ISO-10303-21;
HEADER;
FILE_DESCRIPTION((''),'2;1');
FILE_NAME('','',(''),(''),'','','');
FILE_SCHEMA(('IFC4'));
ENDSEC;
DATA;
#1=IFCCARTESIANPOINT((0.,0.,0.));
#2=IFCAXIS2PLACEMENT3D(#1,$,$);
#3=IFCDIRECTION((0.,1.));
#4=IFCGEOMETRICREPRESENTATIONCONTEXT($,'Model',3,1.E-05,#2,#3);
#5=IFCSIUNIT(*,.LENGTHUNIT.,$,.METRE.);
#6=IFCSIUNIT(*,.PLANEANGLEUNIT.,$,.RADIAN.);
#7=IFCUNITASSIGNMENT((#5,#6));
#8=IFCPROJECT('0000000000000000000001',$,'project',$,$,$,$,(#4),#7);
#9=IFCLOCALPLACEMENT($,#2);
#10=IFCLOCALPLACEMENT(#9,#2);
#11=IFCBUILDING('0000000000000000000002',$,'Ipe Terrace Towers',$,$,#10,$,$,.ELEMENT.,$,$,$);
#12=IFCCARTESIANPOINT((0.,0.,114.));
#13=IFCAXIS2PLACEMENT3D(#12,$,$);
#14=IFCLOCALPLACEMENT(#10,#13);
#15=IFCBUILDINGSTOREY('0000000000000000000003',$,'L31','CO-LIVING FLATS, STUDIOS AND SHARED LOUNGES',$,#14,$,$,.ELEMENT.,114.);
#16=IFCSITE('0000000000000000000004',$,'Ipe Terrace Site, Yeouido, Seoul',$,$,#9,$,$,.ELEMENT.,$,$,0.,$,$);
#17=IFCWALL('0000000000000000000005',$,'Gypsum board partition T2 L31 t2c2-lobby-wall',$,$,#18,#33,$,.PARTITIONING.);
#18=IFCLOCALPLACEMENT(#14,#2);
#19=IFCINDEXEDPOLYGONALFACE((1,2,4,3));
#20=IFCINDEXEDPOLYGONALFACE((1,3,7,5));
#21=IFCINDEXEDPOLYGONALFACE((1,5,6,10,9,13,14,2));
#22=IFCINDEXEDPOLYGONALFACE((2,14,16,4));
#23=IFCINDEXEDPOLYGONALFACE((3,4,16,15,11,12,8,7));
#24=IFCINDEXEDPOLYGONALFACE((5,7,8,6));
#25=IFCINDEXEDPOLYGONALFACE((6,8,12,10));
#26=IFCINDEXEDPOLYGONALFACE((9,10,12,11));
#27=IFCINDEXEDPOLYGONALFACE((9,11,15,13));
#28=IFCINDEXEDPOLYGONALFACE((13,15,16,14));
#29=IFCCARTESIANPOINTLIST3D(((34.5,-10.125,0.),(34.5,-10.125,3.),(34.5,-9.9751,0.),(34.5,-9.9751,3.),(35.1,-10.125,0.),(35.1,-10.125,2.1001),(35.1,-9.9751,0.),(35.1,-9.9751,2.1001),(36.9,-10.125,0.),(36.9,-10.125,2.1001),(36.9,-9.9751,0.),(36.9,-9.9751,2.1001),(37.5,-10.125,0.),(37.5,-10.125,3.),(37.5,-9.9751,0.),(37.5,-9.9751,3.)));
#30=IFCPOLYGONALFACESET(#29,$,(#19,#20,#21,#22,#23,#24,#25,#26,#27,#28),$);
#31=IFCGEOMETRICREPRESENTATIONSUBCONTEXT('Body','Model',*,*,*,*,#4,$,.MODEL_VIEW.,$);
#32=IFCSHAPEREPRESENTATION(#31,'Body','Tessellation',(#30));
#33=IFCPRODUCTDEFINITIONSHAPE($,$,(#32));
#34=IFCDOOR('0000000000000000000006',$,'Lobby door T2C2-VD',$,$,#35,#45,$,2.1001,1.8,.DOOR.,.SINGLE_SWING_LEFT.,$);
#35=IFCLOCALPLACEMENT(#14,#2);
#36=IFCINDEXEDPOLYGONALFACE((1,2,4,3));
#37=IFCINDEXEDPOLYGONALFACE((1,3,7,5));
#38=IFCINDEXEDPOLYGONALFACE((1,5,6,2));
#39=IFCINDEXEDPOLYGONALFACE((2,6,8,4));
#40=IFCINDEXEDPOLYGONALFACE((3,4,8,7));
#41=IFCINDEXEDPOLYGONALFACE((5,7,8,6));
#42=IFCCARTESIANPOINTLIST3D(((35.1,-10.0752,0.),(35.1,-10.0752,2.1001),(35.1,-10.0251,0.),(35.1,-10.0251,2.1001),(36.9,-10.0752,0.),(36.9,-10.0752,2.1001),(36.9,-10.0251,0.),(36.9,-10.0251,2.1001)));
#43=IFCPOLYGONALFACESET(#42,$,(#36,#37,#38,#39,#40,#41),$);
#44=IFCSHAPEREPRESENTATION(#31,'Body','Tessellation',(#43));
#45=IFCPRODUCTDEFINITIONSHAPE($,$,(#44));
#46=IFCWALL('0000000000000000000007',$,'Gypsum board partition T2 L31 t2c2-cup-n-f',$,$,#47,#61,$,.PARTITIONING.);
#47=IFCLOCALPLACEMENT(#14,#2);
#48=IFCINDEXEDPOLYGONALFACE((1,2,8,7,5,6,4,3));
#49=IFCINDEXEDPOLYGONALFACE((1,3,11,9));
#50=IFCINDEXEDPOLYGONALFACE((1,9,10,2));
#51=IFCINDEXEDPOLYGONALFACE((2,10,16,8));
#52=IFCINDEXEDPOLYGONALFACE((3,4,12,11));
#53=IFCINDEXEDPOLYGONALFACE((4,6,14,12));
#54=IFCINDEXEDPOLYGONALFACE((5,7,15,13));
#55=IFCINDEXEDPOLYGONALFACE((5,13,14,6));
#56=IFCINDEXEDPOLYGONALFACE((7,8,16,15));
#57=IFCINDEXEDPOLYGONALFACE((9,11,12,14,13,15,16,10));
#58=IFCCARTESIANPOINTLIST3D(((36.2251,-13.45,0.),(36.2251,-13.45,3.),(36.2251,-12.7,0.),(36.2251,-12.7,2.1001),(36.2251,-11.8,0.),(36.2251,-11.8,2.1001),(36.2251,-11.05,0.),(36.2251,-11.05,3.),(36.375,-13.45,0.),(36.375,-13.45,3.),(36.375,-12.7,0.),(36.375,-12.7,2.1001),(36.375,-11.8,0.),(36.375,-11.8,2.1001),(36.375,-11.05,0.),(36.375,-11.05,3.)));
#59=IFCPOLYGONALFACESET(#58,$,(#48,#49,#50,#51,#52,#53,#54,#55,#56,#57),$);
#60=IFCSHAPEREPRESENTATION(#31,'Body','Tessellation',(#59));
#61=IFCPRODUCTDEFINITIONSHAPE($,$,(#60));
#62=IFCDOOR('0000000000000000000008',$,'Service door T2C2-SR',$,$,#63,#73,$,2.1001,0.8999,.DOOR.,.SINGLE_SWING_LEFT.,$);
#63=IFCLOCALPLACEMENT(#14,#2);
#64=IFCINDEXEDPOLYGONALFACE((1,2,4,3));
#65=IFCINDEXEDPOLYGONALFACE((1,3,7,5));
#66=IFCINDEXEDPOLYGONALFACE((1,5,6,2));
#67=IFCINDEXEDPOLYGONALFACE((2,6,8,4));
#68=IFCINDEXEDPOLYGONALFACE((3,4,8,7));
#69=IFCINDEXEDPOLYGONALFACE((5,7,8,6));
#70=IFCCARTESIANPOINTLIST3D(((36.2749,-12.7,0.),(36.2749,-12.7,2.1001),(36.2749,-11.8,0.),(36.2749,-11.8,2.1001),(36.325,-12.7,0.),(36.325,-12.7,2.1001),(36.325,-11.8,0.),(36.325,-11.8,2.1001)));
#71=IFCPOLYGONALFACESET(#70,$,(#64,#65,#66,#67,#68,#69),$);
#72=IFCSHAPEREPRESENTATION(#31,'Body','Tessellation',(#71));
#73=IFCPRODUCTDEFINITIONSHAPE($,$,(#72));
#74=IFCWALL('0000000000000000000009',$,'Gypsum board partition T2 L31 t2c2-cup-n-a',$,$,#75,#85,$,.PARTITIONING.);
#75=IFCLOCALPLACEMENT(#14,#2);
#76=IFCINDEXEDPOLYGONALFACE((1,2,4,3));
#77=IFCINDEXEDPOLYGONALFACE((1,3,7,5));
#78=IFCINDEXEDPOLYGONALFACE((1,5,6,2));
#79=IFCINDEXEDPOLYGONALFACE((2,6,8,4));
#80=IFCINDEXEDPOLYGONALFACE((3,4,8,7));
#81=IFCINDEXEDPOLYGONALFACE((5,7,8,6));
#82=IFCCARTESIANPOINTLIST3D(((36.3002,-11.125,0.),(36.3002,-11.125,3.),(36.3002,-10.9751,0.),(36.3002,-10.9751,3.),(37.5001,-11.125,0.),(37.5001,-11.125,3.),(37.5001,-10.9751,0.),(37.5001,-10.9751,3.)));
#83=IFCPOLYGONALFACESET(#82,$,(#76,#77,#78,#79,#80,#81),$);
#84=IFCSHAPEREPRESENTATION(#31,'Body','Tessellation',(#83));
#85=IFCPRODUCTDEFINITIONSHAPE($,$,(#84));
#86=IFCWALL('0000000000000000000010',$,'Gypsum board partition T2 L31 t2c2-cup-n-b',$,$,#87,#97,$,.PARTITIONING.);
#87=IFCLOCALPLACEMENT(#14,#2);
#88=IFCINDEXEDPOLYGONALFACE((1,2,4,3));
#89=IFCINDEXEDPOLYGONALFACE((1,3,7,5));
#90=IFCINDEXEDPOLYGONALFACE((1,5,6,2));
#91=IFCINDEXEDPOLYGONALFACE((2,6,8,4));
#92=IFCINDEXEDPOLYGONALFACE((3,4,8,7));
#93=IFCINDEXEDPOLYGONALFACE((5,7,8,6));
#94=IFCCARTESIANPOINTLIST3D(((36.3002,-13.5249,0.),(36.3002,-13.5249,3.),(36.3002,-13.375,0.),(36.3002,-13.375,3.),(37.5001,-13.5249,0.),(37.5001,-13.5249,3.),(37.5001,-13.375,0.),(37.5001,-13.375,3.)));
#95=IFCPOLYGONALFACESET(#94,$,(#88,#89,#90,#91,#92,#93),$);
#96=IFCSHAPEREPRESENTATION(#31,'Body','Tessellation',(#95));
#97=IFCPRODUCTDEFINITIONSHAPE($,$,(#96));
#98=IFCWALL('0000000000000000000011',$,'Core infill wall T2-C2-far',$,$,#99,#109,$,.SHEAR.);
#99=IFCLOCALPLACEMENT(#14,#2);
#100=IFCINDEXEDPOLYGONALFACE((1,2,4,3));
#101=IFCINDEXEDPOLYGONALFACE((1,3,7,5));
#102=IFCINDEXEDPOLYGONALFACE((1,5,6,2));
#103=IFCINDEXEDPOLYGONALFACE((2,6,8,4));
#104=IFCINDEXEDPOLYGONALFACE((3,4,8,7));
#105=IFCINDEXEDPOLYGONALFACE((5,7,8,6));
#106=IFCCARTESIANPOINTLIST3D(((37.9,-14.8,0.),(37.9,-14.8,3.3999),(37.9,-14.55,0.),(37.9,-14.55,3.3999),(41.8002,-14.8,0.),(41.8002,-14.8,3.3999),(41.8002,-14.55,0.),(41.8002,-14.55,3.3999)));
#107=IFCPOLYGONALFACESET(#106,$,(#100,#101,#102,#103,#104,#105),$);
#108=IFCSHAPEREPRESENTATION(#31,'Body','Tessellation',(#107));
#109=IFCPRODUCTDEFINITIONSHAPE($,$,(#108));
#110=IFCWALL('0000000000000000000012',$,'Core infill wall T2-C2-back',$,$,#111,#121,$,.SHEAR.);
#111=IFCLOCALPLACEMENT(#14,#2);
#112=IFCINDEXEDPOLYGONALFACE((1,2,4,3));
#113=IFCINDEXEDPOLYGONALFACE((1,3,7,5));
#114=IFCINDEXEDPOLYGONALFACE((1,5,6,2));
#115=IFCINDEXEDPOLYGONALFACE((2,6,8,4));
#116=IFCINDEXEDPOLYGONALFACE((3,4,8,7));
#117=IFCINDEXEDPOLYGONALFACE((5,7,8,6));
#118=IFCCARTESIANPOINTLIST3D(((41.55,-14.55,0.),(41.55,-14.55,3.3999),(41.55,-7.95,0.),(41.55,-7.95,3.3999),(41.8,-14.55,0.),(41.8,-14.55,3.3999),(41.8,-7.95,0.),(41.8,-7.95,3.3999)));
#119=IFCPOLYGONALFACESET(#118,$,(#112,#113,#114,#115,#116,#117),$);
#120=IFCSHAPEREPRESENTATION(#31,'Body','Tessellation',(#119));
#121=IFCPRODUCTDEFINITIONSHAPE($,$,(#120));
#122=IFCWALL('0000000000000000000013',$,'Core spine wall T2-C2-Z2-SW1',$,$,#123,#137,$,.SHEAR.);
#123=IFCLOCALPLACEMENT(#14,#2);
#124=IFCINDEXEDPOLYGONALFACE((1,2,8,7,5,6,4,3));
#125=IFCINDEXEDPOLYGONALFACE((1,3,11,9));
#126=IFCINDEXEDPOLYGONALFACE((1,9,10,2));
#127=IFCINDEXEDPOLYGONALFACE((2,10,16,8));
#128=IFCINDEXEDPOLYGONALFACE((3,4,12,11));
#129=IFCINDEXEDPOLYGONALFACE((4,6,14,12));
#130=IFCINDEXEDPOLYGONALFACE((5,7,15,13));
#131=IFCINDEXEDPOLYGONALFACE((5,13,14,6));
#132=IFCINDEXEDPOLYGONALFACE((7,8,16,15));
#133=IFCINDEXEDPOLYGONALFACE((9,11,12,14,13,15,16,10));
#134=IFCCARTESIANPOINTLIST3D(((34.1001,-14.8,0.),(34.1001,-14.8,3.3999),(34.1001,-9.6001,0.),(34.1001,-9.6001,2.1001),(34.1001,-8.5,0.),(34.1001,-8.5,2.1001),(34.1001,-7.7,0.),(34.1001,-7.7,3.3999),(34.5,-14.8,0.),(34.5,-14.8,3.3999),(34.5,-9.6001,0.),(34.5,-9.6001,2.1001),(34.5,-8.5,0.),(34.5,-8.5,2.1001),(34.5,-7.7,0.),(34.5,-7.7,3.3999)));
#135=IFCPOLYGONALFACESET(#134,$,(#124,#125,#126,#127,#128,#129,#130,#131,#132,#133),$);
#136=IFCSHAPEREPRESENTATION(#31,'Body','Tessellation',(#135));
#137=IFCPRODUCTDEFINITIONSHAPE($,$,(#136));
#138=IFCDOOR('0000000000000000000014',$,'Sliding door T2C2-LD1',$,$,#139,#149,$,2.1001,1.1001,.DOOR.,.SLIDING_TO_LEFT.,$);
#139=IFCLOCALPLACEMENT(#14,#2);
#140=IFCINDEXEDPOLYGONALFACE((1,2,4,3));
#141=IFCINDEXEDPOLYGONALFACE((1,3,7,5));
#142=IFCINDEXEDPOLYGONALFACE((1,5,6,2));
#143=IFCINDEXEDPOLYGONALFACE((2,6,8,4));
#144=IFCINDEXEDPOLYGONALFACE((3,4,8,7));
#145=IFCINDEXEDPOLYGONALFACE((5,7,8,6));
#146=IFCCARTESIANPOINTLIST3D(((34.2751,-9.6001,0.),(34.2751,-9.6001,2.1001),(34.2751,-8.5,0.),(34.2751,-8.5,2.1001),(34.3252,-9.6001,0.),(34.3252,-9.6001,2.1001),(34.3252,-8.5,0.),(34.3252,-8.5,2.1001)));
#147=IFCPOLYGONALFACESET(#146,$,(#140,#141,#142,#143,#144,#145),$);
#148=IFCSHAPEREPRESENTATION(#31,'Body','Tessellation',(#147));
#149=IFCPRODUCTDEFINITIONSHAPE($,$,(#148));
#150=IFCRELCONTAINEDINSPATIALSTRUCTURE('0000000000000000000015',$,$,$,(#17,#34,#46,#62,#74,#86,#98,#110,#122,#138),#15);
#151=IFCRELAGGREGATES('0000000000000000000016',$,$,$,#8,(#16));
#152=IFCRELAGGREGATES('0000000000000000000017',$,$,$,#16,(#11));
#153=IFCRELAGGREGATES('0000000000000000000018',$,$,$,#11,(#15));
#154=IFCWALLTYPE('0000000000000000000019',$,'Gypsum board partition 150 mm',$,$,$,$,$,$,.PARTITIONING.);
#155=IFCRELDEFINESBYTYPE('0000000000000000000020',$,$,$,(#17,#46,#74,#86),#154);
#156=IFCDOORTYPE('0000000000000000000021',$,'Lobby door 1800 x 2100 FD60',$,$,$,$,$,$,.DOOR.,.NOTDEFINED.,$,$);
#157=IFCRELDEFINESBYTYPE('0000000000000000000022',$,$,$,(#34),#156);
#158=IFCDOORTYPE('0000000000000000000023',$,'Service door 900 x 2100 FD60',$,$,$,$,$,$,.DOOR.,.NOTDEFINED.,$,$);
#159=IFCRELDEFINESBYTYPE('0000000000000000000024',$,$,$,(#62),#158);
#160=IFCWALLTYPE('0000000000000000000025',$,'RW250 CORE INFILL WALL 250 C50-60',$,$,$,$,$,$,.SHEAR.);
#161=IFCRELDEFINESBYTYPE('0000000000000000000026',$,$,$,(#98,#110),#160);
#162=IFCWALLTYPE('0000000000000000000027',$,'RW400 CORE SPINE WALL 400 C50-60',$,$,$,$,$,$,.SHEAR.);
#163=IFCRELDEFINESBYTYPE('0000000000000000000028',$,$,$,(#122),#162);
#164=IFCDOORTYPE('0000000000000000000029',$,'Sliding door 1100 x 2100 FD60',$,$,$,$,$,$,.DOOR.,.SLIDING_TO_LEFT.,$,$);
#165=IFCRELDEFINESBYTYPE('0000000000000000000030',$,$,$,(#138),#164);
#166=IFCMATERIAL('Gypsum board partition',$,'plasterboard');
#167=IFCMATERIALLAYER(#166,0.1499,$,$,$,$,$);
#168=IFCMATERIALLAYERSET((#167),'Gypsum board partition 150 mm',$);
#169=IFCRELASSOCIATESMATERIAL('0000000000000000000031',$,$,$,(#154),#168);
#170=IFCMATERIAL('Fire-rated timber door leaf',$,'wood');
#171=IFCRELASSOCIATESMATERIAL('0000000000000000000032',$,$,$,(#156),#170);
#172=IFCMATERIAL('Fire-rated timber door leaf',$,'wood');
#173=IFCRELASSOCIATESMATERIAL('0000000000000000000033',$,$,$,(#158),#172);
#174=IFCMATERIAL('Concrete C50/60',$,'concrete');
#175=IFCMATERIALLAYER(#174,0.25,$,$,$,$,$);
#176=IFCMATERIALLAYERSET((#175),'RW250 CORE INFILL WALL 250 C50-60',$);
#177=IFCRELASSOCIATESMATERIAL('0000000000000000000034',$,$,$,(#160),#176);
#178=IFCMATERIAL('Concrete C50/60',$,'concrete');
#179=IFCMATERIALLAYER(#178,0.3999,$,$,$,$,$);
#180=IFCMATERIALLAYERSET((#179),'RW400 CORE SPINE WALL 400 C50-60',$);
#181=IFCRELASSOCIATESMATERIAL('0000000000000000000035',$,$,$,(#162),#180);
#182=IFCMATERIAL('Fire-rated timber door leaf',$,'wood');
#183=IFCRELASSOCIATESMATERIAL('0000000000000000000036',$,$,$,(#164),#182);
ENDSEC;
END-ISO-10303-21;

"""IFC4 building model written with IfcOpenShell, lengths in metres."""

from ifc_helpers import new_model, si_unit, direction, frame, frame_2d, origin, place, context, subcontext, project, spatial, rectangle, extrude, material, layer, layer_set, type_object, element, fill, save


model = new_model("IFC4")

# Units and contexts
model_context = context("Model", 3, precision=1e-05, world=origin(), true_north=direction((0.0, 1.0)))
body_context = subcontext(model_context, "Body", "Model", "MODEL_VIEW")
ifc_project = project(units=[si_unit("LENGTHUNIT", "METRE"), si_unit("PLANEANGLEUNIT", "RADIAN")], contexts=[model_context])

# Site, building, storey
site_placement = place(None, origin())
site = spatial("IfcSite", under=ifc_project, at=site_placement, Name="Ipe Terrace Site, Yeouido, Seoul", CompositionType="ELEMENT", RefElevation=0.0)
building_placement = place(site_placement, origin())
building = spatial("IfcBuilding", under=site, at=building_placement, Name="Ipe Terrace Towers", CompositionType="ELEMENT")
storey_placement = place(building_placement, frame((0.0, 0.0, 114.0)))
storey = spatial("IfcBuildingStorey", under=building, at=storey_placement, Name="L31", Description="CO-LIVING FLATS, STUDIOS AND SHARED LOUNGES", CompositionType="ELEMENT", Elevation=114.0)

# Walls, openings, doors
ifc_material_1 = material(Name="Gypsum board partition", Category="plasterboard")
ifc_layer_1 = layer(ifc_material_1, 0.1499)
ifc_layer_set_1 = layer_set([ifc_layer_1], Name="Gypsum board partition 150 mm")
wall_type_1 = type_object("IfcWallType", Name="Gypsum board partition 150 mm", PredefinedType="PARTITIONING", material=ifc_layer_set_1)
wall_1_placement = place(storey_placement, frame((34.5, -10.05, 0.0), z_axis=(0.0, 0.0, 1.0), x_axis=(1.0, 0.0, 0.0)))
wall_1 = element("IfcWall", 1, at=wall_1_placement, inside=storey, type_object=wall_type_1, Name="Gypsum board partition T2 L31 t2c2-lobby-wall", PredefinedType="PARTITIONING", context=body_context, shape_type="SweptSolid", body=[
    extrude(rectangle(XDim=3.0, YDim=0.1499, at=frame_2d((1.5, 0.0))), origin(), (0.0, 0.0, 1.0), 3.0),
])
opening_1_placement = place(wall_1_placement, frame((0.6001, 0.0, 0.0)))
opening_1 = element("IfcOpeningElement", 2, at=opening_1_placement, cuts=wall_1, PredefinedType="OPENING", context=body_context, shape_type="SweptSolid", body=[
    extrude(rectangle(XDim=1.8, YDim=2.1001, at=frame_2d((0.8999, 1.05))), frame((0.0, 0.085, 0.0), z_axis=(0.0, -1.0, 0.0), x_axis=(1.0, 0.0, 0.0)), (0.0, 0.0, 1.0), 0.1699),
])
ifc_material_2 = material(Name="Fire-rated timber door leaf", Category="wood")
door_type_1 = type_object("IfcDoorType", Name="Lobby door 1800 x 2100 FD60", OperationType="NOTDEFINED", PredefinedType="DOOR", material=ifc_material_2)
door_1_placement = place(opening_1_placement, origin())
door_1 = element("IfcDoor", 3, at=door_1_placement, inside=storey, type_object=door_type_1, Name="Lobby door T2C2-VD", OperationType="SINGLE_SWING_LEFT", OverallHeight=2.1001, OverallWidth=1.8, PredefinedType="DOOR", context=body_context, shape_type="SweptSolid", body=[
    extrude(rectangle(XDim=1.8, YDim=2.1001, at=frame_2d((0.8999, 1.05))), frame((0.0, 0.0249, 0.0), z_axis=(0.0, -1.0, 0.0), x_axis=(1.0, 0.0, 0.0)), (0.0, 0.0, 1.0), 0.05),
])
fill(opening_1, door_1)
wall_2_placement = place(storey_placement, frame((36.3, -11.05, 0.0), z_axis=(0.0, 0.0, 1.0), x_axis=(0.0, -1.0, 0.0)))
wall_2 = element("IfcWall", 4, at=wall_2_placement, inside=storey, type_object=wall_type_1, Name="Gypsum board partition T2 L31 t2c2-cup-n-f", PredefinedType="PARTITIONING", context=body_context, shape_type="SweptSolid", body=[
    extrude(rectangle(XDim=2.3999, YDim=0.1499, at=frame_2d((1.2, 0.0))), origin(), (0.0, 0.0, 1.0), 3.0),
])
opening_2_placement = place(wall_2_placement, frame((0.75, 0.0, 0.0)))
opening_2 = element("IfcOpeningElement", 5, at=opening_2_placement, cuts=wall_2, PredefinedType="OPENING", context=body_context, shape_type="SweptSolid", body=[
    extrude(rectangle(XDim=0.8999, YDim=2.1001, at=frame_2d((0.45, 1.05))), frame((0.0, 0.085, 0.0), z_axis=(0.0, -1.0, 0.0), x_axis=(1.0, 0.0, 0.0)), (0.0, 0.0, 1.0), 0.1699),
])
ifc_material_3 = material(Name="Fire-rated timber door leaf", Category="wood")
door_type_2 = type_object("IfcDoorType", Name="Service door 900 x 2100 FD60", OperationType="NOTDEFINED", PredefinedType="DOOR", material=ifc_material_3)
door_2_placement = place(opening_2_placement, origin())
door_2 = element("IfcDoor", 6, at=door_2_placement, inside=storey, type_object=door_type_2, Name="Service door T2C2-SR", OperationType="SINGLE_SWING_LEFT", OverallHeight=2.1001, OverallWidth=0.8999, PredefinedType="DOOR", context=body_context, shape_type="SweptSolid", body=[
    extrude(rectangle(XDim=0.8999, YDim=2.1001, at=frame_2d((0.45, 1.05))), frame((0.0, 0.0249, 0.0), z_axis=(0.0, -1.0, 0.0), x_axis=(1.0, 0.0, 0.0)), (0.0, 0.0, 1.0), 0.05),
])
fill(opening_2, door_2)

# Walls
for number, where, z_axis, x_axis, name in (
    (7, (36.3, -11.05, 0.0), (0.0, 0.0, 1.0), (1.0, 0.0, 0.0), "Gypsum board partition T2 L31 t2c2-cup-n-a"),
    (8, (36.3, -13.45, 0.0), (0.0, 0.0, 1.0), (1.0, 0.0, 0.0), "Gypsum board partition T2 L31 t2c2-cup-n-b"),
):
    element("IfcWall", number, at=place(storey_placement, frame(where, z_axis=z_axis, x_axis=x_axis)), inside=storey, type_object=wall_type_1, Name=name, PredefinedType="PARTITIONING", context=body_context, shape_type="SweptSolid", body=[
        extrude(rectangle(XDim=1.2, YDim=0.1499, at=frame_2d((0.6001, 0.0))), origin(), (0.0, 0.0, 1.0), 3.0),
    ])
ifc_material_4 = material(Name="Concrete C50/60", Category="concrete")
ifc_layer_2 = layer(ifc_material_4, 0.25)
ifc_layer_set_2 = layer_set([ifc_layer_2], Name="RW250 CORE INFILL WALL 250 C50-60")
wall_type_2 = type_object("IfcWallType", Name="RW250 CORE INFILL WALL 250 C50-60", PredefinedType="SHEAR", material=ifc_layer_set_2)
wall_3_placement = place(storey_placement, frame((37.8999, -14.675, 0.0), z_axis=(0.0, 0.0, 1.0), x_axis=(1.0, 0.0, 0.0)))
element("IfcWall", 9, at=wall_3_placement, inside=storey, type_object=wall_type_2, Name="Core infill wall T2-C2-far", PredefinedType="SHEAR", context=body_context, shape_type="SweptSolid", body=[
    extrude(rectangle(XDim=3.9001, YDim=0.25, at=frame_2d((1.9502, 0.0))), origin(), (0.0, 0.0, 1.0), 3.3999),
])
wall_4_placement = place(storey_placement, frame((41.675, -7.95, 0.0), z_axis=(0.0, 0.0, 1.0), x_axis=(0.0, -1.0, 0.0)))
element("IfcWall", 10, at=wall_4_placement, inside=storey, type_object=wall_type_2, Name="Core infill wall T2-C2-back", PredefinedType="SHEAR", context=body_context, shape_type="SweptSolid", body=[
    extrude(rectangle(XDim=6.6001, YDim=0.25, at=frame_2d((3.3, 0.0))), origin(), (0.0, 0.0, 1.0), 3.3999),
])

# Wall, opening, door
ifc_material_5 = material(Name="Concrete C50/60", Category="concrete")
ifc_layer_3 = layer(ifc_material_5, 0.3999)
ifc_layer_set_3 = layer_set([ifc_layer_3], Name="RW400 CORE SPINE WALL 400 C50-60")
wall_type_3 = type_object("IfcWallType", Name="RW400 CORE SPINE WALL 400 C50-60", PredefinedType="SHEAR", material=ifc_layer_set_3)
wall_5_placement = place(storey_placement, frame((34.3, -14.8, 0.0), z_axis=(0.0, 0.0, 1.0), x_axis=(0.0, 1.0, 0.0)))
wall_5 = element("IfcWall", 11, at=wall_5_placement, inside=storey, type_object=wall_type_3, Name="Core spine wall T2-C2-Z2-SW1", PredefinedType="SHEAR", context=body_context, shape_type="SweptSolid", body=[
    extrude(rectangle(XDim=7.1001, YDim=0.3999, at=frame_2d((3.55, 0.0))), origin(), (0.0, 0.0, 1.0), 3.3999),
])
opening_3_placement = place(wall_5_placement, frame((5.2, 0.0, 0.0)))
opening_3 = element("IfcOpeningElement", 12, at=opening_3_placement, cuts=wall_5, PredefinedType="OPENING", context=body_context, shape_type="SweptSolid", body=[
    extrude(rectangle(XDim=1.1001, YDim=2.1001, at=frame_2d((0.55, 1.05))), frame((0.0, 0.21, 0.0), z_axis=(0.0, -1.0, 0.0), x_axis=(1.0, 0.0, 0.0)), (0.0, 0.0, 1.0), 0.4199),
])
ifc_material_6 = material(Name="Fire-rated timber door leaf", Category="wood")
door_type_3 = type_object("IfcDoorType", Name="Sliding door 1100 x 2100 FD60", OperationType="SLIDING_TO_LEFT", PredefinedType="DOOR", material=ifc_material_6)
door_3_placement = place(opening_3_placement, origin())
door_3 = element("IfcDoor", 13, at=door_3_placement, inside=storey, type_object=door_type_3, Name="Sliding door T2C2-LD1", OperationType="SLIDING_TO_LEFT", OverallHeight=2.1001, OverallWidth=1.1001, PredefinedType="DOOR", context=body_context, shape_type="SweptSolid", body=[
    extrude(rectangle(XDim=1.1001, YDim=2.1001, at=frame_2d((0.55, 1.05))), frame((0.0, 0.0249, 0.0), z_axis=(0.0, -1.0, 0.0), x_axis=(1.0, 0.0, 0.0)), (0.0, 0.0, 1.0), 0.05),
])
fill(opening_3, door_3)

save(model, "model.ifc")
